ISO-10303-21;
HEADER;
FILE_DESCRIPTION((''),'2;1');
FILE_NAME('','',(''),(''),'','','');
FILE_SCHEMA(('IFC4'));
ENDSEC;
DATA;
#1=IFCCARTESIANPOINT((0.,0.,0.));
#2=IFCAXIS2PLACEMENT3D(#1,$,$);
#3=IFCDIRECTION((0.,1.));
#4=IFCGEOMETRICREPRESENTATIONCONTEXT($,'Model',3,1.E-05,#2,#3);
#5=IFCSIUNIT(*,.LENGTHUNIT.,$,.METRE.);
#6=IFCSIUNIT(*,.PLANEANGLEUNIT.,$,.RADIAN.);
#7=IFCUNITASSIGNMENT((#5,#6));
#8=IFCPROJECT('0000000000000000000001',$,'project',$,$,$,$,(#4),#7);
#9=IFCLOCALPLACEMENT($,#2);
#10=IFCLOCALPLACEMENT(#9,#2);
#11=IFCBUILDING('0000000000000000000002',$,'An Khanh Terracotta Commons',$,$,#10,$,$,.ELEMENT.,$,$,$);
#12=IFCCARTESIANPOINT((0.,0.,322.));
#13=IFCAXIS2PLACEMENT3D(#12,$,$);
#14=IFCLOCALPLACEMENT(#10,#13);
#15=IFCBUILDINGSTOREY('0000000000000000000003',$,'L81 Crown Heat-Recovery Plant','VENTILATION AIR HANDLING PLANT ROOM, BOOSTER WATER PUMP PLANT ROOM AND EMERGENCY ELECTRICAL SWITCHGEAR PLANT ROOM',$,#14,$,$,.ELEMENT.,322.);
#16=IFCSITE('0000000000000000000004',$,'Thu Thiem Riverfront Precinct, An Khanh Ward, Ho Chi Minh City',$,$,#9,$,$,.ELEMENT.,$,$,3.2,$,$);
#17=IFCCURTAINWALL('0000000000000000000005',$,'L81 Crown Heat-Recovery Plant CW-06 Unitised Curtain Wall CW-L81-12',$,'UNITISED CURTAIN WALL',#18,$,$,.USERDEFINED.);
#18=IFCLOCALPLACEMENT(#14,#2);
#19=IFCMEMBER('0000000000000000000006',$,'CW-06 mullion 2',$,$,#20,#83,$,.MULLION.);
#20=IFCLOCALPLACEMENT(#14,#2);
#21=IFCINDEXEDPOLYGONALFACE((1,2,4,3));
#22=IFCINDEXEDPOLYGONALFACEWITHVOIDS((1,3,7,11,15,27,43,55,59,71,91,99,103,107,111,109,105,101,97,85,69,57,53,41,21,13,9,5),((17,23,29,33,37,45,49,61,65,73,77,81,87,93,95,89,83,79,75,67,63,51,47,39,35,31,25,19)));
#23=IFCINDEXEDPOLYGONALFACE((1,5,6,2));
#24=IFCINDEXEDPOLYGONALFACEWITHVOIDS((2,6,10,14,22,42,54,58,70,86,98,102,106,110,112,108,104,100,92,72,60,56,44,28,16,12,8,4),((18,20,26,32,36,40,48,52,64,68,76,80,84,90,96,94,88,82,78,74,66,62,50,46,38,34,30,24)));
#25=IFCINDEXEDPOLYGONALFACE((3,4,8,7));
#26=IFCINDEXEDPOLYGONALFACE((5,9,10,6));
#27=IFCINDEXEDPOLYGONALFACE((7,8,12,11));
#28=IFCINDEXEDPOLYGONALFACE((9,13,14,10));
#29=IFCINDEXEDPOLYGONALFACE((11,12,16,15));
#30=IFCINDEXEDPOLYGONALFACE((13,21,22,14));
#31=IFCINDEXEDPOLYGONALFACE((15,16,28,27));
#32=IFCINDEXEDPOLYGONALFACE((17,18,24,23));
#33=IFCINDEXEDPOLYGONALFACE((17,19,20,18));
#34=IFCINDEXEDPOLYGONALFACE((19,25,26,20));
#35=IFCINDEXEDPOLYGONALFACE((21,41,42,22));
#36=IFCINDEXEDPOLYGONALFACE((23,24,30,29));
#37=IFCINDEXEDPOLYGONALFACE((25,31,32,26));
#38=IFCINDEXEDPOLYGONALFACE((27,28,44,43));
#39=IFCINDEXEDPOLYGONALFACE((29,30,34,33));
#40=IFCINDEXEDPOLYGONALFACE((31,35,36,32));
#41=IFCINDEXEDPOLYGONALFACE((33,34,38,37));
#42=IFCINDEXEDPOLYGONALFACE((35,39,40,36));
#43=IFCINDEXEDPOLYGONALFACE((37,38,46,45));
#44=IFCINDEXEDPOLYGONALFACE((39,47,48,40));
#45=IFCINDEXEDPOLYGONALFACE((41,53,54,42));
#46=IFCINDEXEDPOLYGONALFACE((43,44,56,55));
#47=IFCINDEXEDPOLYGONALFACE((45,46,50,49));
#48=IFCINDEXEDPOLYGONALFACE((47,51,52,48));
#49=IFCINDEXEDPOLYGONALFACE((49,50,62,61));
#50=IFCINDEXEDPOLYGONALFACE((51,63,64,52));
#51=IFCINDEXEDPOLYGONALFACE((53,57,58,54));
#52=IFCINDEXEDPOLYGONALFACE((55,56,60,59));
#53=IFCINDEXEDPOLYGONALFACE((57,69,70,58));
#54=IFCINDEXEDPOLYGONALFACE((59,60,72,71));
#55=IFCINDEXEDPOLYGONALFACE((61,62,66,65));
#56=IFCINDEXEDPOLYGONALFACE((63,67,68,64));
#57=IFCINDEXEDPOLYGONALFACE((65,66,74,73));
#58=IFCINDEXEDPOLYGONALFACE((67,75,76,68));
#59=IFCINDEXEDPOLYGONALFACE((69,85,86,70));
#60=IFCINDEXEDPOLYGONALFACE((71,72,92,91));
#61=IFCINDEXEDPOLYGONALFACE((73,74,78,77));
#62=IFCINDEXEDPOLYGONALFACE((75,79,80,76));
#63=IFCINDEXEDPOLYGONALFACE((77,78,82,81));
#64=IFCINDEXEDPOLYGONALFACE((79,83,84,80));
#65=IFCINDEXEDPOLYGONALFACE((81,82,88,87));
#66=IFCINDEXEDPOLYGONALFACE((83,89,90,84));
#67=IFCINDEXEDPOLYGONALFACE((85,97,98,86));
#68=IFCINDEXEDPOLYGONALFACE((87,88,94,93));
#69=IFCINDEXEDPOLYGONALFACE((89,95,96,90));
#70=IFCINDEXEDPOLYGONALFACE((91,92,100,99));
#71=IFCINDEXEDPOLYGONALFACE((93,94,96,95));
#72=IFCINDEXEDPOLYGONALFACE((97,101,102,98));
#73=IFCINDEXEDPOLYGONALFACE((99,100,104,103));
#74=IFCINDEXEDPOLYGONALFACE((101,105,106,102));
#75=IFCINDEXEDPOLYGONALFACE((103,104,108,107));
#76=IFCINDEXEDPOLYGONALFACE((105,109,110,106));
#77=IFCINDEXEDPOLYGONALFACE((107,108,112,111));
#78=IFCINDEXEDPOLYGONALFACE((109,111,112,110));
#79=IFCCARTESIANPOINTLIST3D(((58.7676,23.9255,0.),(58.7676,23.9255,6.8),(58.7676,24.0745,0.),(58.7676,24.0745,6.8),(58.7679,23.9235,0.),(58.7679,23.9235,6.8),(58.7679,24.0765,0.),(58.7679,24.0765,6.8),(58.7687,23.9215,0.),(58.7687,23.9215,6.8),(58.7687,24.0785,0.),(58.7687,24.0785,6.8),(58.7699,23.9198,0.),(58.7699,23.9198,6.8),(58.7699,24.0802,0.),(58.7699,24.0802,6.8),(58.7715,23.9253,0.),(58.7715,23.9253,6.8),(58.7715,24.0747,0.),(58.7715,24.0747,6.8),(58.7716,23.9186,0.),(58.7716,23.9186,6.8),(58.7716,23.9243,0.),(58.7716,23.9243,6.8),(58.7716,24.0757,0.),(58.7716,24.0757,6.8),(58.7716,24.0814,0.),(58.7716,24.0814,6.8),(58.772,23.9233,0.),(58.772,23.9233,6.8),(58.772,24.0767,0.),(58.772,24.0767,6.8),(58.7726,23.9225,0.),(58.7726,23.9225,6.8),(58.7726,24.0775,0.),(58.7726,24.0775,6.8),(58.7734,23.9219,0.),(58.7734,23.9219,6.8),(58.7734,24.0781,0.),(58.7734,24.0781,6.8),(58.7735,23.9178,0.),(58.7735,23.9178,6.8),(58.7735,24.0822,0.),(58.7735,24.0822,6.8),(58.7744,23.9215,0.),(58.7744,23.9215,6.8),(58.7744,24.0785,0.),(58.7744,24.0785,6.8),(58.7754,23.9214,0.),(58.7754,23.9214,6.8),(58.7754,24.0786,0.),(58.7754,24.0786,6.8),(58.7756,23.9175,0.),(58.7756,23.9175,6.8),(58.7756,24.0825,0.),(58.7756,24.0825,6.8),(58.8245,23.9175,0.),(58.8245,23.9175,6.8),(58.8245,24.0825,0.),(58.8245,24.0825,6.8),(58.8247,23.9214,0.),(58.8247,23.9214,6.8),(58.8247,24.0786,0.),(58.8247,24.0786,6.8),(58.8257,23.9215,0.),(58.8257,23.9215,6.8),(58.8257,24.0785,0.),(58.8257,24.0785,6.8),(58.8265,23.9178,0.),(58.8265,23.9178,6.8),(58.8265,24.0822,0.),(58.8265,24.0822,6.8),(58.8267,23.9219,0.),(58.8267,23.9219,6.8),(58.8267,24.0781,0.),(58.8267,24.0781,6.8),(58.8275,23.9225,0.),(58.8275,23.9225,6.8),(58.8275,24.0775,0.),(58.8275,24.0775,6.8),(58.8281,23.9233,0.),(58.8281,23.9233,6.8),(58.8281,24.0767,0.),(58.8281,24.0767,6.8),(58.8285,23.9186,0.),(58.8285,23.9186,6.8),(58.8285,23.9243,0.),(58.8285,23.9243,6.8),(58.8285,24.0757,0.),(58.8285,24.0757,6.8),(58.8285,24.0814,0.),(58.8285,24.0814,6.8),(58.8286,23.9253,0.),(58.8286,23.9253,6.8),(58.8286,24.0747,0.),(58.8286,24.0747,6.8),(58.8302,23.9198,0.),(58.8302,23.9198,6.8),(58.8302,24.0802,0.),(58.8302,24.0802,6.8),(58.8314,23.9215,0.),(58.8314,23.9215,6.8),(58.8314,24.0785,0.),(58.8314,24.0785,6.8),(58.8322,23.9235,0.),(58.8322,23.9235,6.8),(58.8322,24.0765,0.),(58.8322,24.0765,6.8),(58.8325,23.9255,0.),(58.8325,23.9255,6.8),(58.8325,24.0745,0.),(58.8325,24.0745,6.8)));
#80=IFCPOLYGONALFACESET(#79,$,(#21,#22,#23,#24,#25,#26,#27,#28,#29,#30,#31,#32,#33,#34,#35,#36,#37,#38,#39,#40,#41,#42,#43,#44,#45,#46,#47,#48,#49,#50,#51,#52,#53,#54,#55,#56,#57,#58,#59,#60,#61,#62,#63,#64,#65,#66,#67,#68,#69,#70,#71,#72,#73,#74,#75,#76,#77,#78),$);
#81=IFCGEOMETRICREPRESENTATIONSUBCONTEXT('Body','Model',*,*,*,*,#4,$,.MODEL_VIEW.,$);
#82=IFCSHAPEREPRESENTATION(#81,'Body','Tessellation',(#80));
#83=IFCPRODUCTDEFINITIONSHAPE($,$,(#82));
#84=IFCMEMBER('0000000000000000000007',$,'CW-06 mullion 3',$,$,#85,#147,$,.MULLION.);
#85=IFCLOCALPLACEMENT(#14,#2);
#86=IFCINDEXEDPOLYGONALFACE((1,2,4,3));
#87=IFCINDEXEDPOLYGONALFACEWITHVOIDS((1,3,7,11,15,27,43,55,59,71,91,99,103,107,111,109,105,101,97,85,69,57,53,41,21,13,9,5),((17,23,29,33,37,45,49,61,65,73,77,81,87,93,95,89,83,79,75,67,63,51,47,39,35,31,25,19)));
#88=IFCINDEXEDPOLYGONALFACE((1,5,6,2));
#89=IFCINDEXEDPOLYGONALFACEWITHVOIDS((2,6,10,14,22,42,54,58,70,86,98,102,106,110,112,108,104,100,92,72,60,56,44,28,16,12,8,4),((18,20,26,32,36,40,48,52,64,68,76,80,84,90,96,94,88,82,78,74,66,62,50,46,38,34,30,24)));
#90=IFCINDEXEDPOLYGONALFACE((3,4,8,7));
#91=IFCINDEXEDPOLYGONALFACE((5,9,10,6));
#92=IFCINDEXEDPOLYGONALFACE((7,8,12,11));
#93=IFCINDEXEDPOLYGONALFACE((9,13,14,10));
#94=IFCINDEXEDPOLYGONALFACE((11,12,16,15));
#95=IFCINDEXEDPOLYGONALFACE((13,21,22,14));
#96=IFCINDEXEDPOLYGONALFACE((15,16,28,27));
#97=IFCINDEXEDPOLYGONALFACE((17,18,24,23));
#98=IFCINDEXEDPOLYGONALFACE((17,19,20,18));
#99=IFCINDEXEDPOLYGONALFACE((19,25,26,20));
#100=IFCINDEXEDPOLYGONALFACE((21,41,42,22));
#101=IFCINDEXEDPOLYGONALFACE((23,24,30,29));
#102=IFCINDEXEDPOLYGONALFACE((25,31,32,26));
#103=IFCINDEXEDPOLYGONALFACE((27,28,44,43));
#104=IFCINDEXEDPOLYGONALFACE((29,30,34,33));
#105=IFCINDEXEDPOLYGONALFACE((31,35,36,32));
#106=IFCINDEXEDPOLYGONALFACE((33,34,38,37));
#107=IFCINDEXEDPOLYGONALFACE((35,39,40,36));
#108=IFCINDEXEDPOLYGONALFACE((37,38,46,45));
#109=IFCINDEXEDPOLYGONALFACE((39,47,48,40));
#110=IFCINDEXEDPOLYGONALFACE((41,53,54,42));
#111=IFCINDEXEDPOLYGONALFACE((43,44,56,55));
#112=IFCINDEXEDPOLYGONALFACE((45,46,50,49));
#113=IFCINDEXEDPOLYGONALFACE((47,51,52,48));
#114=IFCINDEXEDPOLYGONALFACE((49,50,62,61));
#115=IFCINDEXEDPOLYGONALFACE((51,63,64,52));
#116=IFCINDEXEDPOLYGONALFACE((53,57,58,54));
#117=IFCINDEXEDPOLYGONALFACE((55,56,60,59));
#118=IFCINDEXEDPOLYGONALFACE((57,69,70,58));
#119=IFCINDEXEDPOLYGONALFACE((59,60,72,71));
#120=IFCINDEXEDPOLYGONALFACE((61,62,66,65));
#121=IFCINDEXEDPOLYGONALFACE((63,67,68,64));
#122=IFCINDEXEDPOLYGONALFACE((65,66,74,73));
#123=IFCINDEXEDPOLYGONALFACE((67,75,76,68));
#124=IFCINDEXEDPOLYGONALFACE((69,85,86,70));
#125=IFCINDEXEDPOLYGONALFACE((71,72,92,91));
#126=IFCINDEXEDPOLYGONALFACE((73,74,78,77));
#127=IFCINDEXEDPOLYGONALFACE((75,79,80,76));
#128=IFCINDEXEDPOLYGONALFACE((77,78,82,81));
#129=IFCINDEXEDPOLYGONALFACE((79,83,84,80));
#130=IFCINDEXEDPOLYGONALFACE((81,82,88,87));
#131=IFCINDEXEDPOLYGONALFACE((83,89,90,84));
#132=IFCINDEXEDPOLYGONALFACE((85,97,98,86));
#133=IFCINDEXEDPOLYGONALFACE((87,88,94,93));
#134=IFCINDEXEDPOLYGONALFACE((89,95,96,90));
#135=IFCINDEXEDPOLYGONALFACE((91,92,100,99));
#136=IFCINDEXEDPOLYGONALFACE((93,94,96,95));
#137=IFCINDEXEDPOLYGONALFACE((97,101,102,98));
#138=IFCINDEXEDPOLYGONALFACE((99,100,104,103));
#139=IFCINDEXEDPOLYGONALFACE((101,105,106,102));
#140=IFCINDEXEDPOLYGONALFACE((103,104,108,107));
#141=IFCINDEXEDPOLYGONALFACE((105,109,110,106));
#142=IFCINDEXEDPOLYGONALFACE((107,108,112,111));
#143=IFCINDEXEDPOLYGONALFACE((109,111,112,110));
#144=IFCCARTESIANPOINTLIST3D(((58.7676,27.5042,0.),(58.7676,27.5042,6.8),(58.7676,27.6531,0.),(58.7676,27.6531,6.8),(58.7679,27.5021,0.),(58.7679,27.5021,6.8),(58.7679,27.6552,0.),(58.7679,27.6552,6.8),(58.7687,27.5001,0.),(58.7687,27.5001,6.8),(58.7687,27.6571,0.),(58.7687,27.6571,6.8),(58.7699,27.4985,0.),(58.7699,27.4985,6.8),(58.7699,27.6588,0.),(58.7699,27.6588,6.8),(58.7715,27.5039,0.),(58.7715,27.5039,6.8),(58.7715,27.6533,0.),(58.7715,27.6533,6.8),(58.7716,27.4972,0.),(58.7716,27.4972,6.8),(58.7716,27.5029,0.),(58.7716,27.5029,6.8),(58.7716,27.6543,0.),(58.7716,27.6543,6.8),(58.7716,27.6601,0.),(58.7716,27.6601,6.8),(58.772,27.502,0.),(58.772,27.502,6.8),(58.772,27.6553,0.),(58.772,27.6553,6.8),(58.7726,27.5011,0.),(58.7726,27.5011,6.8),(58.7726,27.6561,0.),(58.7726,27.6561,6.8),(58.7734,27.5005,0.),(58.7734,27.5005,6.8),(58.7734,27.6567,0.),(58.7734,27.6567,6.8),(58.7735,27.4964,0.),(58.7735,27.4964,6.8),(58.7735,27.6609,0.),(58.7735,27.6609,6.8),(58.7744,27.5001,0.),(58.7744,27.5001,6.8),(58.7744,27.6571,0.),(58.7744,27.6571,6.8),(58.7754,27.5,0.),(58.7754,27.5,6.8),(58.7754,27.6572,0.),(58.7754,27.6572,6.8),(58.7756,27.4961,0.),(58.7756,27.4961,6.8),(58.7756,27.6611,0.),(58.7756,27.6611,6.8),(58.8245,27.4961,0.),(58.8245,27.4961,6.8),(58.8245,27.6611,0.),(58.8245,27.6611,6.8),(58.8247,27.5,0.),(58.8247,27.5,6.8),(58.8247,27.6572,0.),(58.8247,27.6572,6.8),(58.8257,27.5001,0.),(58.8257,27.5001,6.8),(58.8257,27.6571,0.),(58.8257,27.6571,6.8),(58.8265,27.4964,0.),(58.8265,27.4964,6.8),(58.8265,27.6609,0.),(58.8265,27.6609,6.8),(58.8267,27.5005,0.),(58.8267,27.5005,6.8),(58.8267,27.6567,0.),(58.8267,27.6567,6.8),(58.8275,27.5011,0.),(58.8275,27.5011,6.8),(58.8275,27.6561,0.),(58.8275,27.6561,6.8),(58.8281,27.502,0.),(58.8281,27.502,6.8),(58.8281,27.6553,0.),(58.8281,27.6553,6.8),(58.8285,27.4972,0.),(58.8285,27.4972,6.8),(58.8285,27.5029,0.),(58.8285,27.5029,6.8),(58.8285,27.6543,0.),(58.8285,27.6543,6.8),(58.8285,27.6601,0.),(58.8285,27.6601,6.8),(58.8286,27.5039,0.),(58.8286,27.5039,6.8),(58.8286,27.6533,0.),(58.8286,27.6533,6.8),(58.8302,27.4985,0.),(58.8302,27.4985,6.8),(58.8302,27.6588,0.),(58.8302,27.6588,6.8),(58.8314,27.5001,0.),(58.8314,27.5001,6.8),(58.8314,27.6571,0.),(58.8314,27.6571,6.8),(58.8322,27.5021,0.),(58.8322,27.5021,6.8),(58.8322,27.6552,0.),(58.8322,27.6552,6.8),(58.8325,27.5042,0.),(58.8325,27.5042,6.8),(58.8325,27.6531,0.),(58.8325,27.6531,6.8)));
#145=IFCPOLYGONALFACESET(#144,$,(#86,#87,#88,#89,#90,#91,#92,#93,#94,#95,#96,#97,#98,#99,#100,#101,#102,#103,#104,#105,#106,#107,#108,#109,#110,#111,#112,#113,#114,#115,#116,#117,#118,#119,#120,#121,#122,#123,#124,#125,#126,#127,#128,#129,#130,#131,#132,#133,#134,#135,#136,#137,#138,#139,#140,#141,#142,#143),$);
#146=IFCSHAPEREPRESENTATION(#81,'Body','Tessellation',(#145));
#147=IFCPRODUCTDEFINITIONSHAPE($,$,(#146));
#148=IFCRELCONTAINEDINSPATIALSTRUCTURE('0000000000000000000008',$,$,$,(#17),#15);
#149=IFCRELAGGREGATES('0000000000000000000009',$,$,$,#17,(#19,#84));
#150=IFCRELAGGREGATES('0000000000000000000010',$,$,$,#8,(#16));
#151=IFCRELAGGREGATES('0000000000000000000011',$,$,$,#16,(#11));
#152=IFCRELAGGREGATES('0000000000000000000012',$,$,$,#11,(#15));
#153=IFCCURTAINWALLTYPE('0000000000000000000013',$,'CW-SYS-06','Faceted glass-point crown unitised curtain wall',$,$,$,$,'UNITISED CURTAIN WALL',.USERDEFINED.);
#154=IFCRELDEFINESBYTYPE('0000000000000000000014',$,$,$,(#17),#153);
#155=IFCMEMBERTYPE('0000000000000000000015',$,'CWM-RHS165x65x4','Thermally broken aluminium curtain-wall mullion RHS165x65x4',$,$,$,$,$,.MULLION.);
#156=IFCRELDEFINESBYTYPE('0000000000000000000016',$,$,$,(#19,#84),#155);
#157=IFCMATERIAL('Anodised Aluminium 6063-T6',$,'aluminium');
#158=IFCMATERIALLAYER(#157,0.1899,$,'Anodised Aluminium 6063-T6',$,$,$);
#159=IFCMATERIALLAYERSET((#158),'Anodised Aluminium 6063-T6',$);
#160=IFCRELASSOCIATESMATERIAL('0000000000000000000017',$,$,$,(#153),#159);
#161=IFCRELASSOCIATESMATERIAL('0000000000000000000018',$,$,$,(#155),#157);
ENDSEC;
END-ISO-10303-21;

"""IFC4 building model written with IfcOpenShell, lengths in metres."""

from ifc_helpers import new_model, si_unit, direction, frame, origin, origin_2d, place, context, subcontext, project, spatial, hollow_rectangle, extrude, material, layer, layer_set, material_profile, profile_set, type_object, element, aggregate, save


model = new_model("IFC4")

# Units and contexts
model_context = context("Model", 3, precision=1e-05, world=origin(), true_north=direction((0.0, 1.0)))
body_context = subcontext(model_context, "Body", "Model", "MODEL_VIEW")
ifc_project = project(units=[si_unit("LENGTHUNIT", "METRE"), si_unit("PLANEANGLEUNIT", "RADIAN")], contexts=[model_context])

# Site, building, storey
site_placement = place(None, origin())
site = spatial("IfcSite", under=ifc_project, at=site_placement, Name="Thu Thiem Riverfront Precinct, An Khanh Ward, Ho Chi Minh City", CompositionType="ELEMENT", RefElevation=3.2)
building_placement = place(site_placement, origin())
building = spatial("IfcBuilding", under=site, at=building_placement, Name="An Khanh Terracotta Commons", CompositionType="ELEMENT")
storey_placement = place(building_placement, frame((0.0, 0.0, 322.0)))
storey = spatial("IfcBuildingStorey", under=building, at=storey_placement, Name="L81 Crown Heat-Recovery Plant", Description="VENTILATION AIR HANDLING PLANT ROOM, BOOSTER WATER PUMP PLANT ROOM AND EMERGENCY ELECTRICAL SWITCHGEAR PLANT ROOM", CompositionType="ELEMENT", Elevation=322.0)

# Curtain wall, members
ifc_material_1 = material(Name="Anodised Aluminium 6063-T6", Category="aluminium")
ifc_layer_1 = layer(ifc_material_1, 0.1899, Name="Anodised Aluminium 6063-T6")
ifc_layer_set_1 = layer_set([ifc_layer_1], Name="Anodised Aluminium 6063-T6")
curtain_wall_type = type_object("IfcCurtainWallType", Name="CW-SYS-06", Description="Faceted glass-point crown unitised curtain wall", ElementType="UNITISED CURTAIN WALL", PredefinedType="USERDEFINED", material=ifc_layer_set_1)
curtain_wall_1_placement = place(storey_placement, origin())
curtain_wall_1 = element("IfcCurtainWall", 1, at=curtain_wall_1_placement, inside=storey, type_object=curtain_wall_type, Name="L81 Crown Heat-Recovery Plant CW-06 Unitised Curtain Wall CW-L81-12", ObjectType="UNITISED CURTAIN WALL", PredefinedType="USERDEFINED")
ifc_material_profile_1 = material_profile(ifc_material_1, hollow_rectangle(XDim=0.0649, YDim=0.165, WallThickness=0.0039, InnerFilletRadius=0.0039, OuterFilletRadius=0.0081, at=origin_2d()), Name="RHS165x65x4")
ifc_profile_set_1 = profile_set([ifc_material_profile_1], Name="Anodised Aluminium 6063-T6")
member_type_1 = type_object("IfcMemberType", Name="CWM-RHS165x65x4", Description="Thermally broken aluminium curtain-wall mullion RHS165x65x4", PredefinedType="MULLION", material=ifc_profile_set_1)
member_1_placement = place(storey_placement, frame((58.8, 24.0, 0.0), z_axis=(0.0, 0.0, 1.0), x_axis=(-1.0, 0.0, 0.0)))
member_1 = element("IfcMember", 2, at=member_1_placement, type_object=member_type_1, Name="CW-06 mullion 2", PredefinedType="MULLION", context=body_context, shape_type="SweptSolid", body=[
    extrude(hollow_rectangle(XDim=0.0649, YDim=0.165, WallThickness=0.0039, InnerFilletRadius=0.0039, OuterFilletRadius=0.0081, at=origin_2d()), origin(), (0.0, 0.0, 1.0), 6.8),
])
member_2_placement = place(storey_placement, frame((58.8, 27.5786, 0.0), z_axis=(0.0, 0.0, 1.0), x_axis=(-1.0, 0.0, 0.0)))
member_2 = element("IfcMember", 3, at=member_2_placement, type_object=member_type_1, Name="CW-06 mullion 3", PredefinedType="MULLION", context=body_context, shape_type="SweptSolid", body=[
    extrude(hollow_rectangle(XDim=0.0649, YDim=0.165, WallThickness=0.0039, InnerFilletRadius=0.0039, OuterFilletRadius=0.0081, at=origin_2d()), origin(), (0.0, 0.0, 1.0), 6.8),
])

aggregate(curtain_wall_1, [member_1, member_2])

save(model, "model.ifc")
